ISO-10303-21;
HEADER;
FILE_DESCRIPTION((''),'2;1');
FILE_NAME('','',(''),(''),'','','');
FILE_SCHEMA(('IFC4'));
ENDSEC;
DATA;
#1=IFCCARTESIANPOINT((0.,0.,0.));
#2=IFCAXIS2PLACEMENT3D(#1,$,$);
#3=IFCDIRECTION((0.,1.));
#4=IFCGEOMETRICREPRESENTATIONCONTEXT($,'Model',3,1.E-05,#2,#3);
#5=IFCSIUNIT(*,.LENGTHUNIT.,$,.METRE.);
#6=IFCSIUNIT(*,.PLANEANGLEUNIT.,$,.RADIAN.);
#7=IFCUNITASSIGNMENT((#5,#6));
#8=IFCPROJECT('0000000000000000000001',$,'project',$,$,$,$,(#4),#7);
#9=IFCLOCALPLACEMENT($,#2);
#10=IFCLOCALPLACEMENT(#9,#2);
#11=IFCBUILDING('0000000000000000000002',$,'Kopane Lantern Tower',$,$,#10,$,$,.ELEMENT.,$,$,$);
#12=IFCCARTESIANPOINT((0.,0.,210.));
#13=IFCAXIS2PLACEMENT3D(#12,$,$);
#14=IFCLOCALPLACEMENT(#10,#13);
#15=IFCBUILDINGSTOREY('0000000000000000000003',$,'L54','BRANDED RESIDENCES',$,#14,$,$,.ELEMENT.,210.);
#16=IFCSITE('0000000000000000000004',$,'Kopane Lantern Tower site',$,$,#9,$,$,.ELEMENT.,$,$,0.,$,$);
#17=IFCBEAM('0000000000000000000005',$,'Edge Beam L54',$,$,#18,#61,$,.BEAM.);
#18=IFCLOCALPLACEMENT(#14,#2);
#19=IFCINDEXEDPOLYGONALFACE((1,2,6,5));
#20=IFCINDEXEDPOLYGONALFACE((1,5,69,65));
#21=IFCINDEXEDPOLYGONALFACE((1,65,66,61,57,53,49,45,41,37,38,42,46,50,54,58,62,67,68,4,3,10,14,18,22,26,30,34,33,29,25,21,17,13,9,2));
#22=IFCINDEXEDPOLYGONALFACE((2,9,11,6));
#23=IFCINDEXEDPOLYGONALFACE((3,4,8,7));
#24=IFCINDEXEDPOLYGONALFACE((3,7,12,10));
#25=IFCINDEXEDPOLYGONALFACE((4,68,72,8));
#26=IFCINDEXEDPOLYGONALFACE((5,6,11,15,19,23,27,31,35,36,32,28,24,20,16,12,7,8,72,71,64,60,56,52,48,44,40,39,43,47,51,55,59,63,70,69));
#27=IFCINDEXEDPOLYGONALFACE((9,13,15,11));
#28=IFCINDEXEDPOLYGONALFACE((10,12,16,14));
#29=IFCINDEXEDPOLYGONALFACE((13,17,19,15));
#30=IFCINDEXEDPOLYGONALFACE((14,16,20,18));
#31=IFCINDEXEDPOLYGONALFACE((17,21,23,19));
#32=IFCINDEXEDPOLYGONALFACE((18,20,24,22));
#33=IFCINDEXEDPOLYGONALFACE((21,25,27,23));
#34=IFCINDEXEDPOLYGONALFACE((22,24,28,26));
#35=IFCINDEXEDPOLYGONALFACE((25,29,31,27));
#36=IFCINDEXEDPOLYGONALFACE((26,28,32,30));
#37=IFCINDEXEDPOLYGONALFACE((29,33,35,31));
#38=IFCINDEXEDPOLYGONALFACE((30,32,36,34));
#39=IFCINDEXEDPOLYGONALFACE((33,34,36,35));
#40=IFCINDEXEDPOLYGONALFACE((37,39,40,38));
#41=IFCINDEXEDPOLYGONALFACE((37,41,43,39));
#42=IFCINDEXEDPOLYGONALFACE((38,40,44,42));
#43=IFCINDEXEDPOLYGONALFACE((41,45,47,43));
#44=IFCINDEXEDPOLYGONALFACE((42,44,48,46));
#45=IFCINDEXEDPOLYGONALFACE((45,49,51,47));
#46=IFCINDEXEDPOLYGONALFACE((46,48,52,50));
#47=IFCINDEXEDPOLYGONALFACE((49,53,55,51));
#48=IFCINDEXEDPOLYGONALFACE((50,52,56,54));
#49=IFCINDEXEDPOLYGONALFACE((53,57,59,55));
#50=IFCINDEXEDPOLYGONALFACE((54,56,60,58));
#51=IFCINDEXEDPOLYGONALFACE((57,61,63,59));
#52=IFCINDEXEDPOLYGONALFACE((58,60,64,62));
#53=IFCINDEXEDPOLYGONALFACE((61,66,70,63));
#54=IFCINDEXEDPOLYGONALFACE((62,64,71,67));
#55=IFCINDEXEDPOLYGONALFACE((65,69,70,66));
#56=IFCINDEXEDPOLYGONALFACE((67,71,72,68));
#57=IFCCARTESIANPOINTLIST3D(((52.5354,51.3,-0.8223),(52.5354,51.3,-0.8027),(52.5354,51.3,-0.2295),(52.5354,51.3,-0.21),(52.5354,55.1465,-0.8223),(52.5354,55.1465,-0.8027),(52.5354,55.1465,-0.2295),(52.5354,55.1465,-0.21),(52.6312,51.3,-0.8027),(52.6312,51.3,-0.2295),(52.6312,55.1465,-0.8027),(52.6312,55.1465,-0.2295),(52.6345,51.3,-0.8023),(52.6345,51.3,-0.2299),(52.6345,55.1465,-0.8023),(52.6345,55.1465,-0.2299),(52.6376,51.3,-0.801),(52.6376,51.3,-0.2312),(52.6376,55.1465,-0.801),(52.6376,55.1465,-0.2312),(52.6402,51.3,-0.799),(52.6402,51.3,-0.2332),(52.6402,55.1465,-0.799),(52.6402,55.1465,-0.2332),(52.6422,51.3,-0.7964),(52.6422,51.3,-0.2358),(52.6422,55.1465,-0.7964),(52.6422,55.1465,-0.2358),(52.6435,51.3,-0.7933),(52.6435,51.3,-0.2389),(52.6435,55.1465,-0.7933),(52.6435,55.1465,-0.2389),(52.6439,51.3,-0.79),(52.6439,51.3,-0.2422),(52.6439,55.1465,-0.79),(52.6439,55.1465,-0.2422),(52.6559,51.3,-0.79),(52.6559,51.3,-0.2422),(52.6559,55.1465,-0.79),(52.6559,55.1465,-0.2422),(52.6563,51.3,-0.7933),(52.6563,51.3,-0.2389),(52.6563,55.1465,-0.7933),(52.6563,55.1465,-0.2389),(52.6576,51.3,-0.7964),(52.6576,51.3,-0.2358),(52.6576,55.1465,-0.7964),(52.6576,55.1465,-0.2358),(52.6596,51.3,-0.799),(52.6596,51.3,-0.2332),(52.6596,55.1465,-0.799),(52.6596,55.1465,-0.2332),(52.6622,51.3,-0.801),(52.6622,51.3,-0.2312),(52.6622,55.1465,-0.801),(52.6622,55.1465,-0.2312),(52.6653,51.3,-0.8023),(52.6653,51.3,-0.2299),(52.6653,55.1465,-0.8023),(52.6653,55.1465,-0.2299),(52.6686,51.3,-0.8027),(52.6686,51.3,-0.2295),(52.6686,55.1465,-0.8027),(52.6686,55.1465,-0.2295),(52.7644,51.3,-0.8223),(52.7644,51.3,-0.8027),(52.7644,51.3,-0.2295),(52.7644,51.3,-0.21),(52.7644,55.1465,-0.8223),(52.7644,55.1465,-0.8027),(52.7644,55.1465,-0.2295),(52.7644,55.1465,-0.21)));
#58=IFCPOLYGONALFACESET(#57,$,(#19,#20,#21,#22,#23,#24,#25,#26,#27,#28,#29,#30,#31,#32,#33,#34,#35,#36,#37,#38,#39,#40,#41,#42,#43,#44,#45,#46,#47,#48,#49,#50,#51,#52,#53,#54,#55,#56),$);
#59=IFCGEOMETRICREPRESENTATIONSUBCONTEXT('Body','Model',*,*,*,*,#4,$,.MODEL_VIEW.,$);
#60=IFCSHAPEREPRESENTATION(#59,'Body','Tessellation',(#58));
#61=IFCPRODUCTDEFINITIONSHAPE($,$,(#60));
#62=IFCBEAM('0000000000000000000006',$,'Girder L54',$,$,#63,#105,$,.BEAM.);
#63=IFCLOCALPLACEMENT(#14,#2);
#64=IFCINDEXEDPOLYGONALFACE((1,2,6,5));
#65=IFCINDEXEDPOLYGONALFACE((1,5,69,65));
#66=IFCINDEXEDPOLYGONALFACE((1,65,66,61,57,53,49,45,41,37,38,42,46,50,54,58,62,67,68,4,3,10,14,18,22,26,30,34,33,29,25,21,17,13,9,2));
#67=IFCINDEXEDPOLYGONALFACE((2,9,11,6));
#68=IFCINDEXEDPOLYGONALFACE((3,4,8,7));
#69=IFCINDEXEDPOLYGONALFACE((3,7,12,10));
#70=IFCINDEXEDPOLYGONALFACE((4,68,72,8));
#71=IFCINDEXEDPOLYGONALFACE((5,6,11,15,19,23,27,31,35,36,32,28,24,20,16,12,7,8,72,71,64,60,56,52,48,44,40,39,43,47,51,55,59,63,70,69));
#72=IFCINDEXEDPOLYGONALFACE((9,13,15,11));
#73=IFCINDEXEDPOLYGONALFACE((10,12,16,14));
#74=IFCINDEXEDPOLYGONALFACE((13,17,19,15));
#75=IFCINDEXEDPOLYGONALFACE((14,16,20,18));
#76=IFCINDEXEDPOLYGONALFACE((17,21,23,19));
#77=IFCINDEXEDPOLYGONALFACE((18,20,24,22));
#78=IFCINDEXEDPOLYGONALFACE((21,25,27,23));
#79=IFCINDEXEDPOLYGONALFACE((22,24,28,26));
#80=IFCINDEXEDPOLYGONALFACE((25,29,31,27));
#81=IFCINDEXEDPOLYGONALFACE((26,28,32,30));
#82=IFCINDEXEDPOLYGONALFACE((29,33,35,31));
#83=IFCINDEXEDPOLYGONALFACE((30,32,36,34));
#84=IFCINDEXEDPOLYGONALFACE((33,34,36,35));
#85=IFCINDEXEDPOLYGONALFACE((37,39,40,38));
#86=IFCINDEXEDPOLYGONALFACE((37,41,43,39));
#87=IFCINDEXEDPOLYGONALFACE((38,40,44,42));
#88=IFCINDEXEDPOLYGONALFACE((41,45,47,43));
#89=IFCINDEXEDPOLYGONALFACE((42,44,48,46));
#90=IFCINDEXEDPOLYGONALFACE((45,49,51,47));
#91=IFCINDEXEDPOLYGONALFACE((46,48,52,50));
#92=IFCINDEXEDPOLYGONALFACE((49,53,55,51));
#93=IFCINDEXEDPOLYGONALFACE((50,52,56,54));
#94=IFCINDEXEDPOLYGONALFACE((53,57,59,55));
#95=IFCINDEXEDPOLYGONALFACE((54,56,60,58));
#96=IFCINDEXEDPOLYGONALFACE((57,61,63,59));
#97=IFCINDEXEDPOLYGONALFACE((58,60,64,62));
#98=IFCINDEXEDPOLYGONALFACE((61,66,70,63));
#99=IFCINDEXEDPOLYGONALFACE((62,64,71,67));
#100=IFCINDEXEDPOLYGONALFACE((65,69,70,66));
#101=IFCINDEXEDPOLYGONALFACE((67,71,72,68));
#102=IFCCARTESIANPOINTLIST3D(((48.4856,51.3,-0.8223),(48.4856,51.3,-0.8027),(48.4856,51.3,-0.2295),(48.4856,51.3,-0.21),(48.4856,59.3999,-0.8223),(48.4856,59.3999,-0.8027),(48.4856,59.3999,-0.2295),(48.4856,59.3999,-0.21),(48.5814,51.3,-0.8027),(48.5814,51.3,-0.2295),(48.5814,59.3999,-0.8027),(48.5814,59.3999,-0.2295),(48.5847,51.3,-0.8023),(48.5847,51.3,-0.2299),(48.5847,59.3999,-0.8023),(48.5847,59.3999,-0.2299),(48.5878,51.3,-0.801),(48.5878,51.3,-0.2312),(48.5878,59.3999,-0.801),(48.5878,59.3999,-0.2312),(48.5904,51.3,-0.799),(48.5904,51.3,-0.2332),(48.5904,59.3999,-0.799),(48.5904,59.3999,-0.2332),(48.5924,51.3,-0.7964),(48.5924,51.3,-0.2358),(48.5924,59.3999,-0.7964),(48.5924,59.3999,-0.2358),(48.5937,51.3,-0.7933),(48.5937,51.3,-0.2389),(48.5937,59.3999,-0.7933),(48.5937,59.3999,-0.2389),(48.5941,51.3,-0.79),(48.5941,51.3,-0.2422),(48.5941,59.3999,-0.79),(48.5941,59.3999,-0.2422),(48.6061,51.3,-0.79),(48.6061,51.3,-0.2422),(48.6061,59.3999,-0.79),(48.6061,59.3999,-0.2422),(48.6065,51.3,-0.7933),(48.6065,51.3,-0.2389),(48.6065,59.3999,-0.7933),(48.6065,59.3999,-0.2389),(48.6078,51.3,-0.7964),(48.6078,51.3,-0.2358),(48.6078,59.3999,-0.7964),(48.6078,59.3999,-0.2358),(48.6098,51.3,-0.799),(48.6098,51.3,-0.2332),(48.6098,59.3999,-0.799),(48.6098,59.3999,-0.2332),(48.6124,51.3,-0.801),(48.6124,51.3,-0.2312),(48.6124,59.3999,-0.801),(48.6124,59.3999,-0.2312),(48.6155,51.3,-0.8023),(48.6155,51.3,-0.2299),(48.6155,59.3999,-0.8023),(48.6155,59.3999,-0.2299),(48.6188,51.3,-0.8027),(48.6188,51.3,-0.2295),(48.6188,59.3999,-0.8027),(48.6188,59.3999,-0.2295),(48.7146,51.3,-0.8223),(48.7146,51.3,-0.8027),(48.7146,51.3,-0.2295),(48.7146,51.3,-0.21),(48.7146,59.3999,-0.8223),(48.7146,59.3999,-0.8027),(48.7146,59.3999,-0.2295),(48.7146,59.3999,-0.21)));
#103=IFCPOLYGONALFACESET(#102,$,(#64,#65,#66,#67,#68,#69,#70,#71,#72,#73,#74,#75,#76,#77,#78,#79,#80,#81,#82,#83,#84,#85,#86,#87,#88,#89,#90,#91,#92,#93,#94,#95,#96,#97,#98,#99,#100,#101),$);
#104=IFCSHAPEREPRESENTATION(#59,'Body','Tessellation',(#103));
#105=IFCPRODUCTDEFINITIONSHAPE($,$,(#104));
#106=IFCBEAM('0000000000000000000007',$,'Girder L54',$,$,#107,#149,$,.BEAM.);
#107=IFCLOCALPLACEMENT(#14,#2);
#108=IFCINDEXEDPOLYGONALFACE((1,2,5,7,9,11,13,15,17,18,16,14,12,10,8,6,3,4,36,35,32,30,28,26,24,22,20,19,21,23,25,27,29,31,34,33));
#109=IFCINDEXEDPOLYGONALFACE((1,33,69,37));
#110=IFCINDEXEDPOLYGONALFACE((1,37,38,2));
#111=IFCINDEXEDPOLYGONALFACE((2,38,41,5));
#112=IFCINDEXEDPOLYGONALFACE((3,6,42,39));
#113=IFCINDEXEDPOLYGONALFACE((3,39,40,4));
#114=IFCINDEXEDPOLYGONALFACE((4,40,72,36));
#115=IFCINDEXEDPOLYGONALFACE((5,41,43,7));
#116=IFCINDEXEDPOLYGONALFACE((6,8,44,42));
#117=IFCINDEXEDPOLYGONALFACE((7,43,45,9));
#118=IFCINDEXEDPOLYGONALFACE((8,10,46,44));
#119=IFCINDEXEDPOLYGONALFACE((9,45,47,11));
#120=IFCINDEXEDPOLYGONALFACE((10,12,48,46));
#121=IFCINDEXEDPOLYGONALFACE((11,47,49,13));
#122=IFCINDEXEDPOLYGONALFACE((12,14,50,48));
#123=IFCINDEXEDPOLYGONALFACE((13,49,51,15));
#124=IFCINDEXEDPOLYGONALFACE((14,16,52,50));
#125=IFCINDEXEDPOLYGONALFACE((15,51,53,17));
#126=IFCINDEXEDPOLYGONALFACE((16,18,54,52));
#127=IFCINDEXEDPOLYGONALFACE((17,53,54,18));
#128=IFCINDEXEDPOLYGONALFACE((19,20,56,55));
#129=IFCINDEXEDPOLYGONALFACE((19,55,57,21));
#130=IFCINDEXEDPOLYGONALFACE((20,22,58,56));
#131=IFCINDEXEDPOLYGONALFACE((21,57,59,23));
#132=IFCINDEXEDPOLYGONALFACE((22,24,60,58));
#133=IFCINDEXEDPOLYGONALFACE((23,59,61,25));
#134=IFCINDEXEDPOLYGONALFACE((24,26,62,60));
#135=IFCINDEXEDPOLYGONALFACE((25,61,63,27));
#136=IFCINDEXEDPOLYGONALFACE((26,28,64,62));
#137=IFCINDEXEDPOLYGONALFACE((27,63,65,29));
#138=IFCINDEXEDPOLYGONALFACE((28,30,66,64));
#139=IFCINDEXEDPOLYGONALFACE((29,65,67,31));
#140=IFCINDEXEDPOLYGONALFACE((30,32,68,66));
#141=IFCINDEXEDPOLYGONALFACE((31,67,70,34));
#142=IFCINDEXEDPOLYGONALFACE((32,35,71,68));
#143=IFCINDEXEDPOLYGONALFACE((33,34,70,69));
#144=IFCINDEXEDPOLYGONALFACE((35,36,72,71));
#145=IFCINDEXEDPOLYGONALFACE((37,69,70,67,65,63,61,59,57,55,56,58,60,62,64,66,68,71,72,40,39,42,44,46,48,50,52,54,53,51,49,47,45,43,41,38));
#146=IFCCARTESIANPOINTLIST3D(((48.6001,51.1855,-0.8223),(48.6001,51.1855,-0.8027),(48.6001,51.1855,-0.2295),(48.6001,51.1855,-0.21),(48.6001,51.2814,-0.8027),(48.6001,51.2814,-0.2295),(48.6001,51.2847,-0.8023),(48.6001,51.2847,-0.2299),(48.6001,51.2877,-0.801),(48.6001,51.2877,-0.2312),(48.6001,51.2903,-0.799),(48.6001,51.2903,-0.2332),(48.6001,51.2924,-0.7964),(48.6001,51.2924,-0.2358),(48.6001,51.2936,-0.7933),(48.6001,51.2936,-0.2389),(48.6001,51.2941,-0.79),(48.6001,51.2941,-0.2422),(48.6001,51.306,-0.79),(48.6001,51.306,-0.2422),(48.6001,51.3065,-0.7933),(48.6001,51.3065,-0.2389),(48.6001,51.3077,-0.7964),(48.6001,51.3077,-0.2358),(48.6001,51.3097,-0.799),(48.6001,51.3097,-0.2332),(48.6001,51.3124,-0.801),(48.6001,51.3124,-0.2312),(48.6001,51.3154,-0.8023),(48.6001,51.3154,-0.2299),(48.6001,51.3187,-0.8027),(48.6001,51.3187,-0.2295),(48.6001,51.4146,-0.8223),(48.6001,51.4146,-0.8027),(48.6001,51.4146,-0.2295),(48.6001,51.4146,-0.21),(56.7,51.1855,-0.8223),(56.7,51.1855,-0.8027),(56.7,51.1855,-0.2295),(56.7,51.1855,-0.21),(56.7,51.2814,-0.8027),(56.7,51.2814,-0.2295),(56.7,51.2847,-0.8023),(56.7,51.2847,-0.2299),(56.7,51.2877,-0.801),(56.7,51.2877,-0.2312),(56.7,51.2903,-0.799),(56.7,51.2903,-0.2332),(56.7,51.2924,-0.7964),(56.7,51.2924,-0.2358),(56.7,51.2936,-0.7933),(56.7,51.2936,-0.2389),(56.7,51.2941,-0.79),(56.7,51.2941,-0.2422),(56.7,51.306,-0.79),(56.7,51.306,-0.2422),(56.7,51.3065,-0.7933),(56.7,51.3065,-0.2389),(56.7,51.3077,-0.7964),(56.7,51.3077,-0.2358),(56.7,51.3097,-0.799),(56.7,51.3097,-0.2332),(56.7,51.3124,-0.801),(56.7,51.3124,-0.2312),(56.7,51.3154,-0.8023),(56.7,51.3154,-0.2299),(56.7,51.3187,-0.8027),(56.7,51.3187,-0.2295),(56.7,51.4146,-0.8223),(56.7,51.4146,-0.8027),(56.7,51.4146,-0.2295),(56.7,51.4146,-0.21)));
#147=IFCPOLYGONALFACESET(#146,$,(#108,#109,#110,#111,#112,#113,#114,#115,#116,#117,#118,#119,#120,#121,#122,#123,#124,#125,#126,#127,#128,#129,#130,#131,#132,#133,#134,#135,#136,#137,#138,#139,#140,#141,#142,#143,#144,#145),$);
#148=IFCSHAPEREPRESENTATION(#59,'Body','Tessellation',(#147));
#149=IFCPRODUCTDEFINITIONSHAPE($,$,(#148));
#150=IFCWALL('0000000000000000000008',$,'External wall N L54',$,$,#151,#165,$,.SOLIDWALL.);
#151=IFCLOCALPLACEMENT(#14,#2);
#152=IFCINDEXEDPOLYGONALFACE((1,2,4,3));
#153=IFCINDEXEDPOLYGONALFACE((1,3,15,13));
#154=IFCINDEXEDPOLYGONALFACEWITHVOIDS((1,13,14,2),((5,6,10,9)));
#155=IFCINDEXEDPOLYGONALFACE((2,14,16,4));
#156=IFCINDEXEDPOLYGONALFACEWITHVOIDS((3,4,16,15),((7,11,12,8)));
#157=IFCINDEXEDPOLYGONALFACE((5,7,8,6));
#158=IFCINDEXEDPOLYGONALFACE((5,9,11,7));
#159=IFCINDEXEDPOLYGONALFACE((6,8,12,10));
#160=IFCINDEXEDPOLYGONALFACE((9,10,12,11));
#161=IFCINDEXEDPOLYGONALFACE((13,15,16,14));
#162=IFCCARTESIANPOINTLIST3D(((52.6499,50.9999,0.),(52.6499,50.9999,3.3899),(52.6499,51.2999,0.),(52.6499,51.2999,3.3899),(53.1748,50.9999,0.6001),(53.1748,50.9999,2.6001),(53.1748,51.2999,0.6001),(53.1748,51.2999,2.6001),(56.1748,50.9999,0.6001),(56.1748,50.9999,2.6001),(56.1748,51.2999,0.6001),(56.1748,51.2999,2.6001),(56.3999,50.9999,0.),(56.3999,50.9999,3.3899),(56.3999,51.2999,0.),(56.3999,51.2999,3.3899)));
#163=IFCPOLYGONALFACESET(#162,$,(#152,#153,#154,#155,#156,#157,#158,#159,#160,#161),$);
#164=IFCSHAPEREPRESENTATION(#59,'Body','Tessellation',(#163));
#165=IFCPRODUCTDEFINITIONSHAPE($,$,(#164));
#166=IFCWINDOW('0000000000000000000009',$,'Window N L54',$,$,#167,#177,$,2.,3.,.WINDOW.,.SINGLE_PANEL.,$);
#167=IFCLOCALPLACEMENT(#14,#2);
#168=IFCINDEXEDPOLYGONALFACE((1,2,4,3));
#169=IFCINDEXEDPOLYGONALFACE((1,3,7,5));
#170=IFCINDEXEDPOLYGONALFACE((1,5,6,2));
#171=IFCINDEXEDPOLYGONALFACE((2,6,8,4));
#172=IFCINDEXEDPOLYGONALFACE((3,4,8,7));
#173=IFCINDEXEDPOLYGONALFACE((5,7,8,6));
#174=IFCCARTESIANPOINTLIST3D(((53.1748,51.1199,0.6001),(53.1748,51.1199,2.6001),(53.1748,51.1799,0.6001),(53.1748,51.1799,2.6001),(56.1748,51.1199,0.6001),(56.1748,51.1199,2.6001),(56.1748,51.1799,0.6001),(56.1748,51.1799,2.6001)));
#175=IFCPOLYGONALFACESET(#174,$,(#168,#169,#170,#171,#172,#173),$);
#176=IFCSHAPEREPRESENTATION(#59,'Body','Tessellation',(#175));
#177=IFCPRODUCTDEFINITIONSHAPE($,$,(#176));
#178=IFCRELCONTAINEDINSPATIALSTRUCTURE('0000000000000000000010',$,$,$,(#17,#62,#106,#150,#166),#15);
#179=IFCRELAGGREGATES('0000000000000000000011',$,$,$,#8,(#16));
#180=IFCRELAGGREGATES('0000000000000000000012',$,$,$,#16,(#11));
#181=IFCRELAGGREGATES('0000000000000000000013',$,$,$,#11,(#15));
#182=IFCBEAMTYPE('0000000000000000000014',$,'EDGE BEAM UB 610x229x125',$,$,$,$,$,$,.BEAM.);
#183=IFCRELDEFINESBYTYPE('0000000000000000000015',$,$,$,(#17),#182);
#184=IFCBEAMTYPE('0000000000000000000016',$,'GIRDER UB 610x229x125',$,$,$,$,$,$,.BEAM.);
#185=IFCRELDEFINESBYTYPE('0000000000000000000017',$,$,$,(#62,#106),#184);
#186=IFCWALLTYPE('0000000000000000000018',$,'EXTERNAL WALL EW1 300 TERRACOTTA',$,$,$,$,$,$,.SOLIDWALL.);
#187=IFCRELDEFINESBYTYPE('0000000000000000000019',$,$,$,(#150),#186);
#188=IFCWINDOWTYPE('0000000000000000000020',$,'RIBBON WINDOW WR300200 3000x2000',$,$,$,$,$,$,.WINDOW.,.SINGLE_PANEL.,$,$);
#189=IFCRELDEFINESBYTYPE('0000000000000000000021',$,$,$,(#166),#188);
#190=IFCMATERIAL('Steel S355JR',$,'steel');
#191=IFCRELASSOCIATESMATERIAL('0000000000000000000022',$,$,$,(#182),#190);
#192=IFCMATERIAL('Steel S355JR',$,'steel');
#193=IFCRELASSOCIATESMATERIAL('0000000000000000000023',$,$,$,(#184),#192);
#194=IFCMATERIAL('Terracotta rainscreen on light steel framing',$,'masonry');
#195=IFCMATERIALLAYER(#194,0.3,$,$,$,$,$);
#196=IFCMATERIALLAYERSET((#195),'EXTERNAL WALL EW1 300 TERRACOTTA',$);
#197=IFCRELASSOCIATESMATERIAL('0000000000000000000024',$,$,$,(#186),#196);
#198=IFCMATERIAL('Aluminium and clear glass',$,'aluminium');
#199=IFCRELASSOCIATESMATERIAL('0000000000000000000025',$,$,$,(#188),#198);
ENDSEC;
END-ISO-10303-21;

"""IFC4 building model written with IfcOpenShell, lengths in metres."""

from ifc_helpers import new_model, si_unit, direction, frame, frame_2d, origin, origin_2d, place, context, subcontext, project, spatial, rectangle, i_section, extrude, material, layer, layer_set, material_profile, profile_set, type_object, element, fill, save


model = new_model("IFC4")

# Units and contexts
model_context = context("Model", 3, precision=1e-05, world=origin(), true_north=direction((0.0, 1.0)))
body_context = subcontext(model_context, "Body", "Model", "MODEL_VIEW")
ifc_project = project(units=[si_unit("LENGTHUNIT", "METRE"), si_unit("PLANEANGLEUNIT", "RADIAN")], contexts=[model_context])

# Site, building, storey
site_placement = place(None, origin())
site = spatial("IfcSite", under=ifc_project, at=site_placement, Name="Kopane Lantern Tower site", CompositionType="ELEMENT", RefElevation=0.0)
building_placement = place(site_placement, origin())
building = spatial("IfcBuilding", under=site, at=building_placement, Name="Kopane Lantern Tower", CompositionType="ELEMENT")
storey_placement = place(building_placement, frame((0.0, 0.0, 210.0)))
storey = spatial("IfcBuildingStorey", under=building, at=storey_placement, Name="L54", Description="BRANDED RESIDENCES", CompositionType="ELEMENT", Elevation=210.0)

# Beams
ifc_material_1 = material(Name="Steel S355JR", Category="steel")
ifc_material_profile_1 = material_profile(ifc_material_1, i_section(OverallWidth=0.229, OverallDepth=0.6123, WebThickness=0.012, FlangeThickness=0.0195, FilletRadius=0.0127, at=origin_2d()), Name="UB 610x229x125")
ifc_profile_set_1 = profile_set([ifc_material_profile_1], Name="Steel S355JR")
beam_type_1 = type_object("IfcBeamType", Name="EDGE BEAM UB 610x229x125", PredefinedType="BEAM", material=ifc_profile_set_1)
for number, where, z_axis, x_axis, name in (
    (1, (52.6499, 55.1465, -0.5161), (0.0, -1.0, 0.0), (1.0, 0.0, 0.0), "Edge Beam L54"),
):
    element("IfcBeam", number, at=place(storey_placement, frame(where, z_axis=z_axis, x_axis=x_axis)), inside=storey, type_object=beam_type_1, Name=name, PredefinedType="BEAM", context=body_context, shape_type="SweptSolid", body=[
        extrude(i_section(OverallWidth=0.229, OverallDepth=0.6123, WebThickness=0.012, FlangeThickness=0.0195, FilletRadius=0.0127, at=origin_2d()), origin(), (0.0, 0.0, 1.0), 3.8464),
    ])
ifc_material_2 = material(Name="Steel S355JR", Category="steel")
ifc_material_profile_2 = material_profile(ifc_material_2, i_section(OverallWidth=0.229, OverallDepth=0.6123, WebThickness=0.012, FlangeThickness=0.0195, FilletRadius=0.0127, at=origin_2d()), Name="UB 610x229x125")
ifc_profile_set_2 = profile_set([ifc_material_profile_2], Name="Steel S355JR")
beam_type_2 = type_object("IfcBeamType", Name="GIRDER UB 610x229x125", PredefinedType="BEAM", material=ifc_profile_set_2)
for number, where, z_axis, x_axis, name in (
    (2, (48.6001, 51.3, -0.5161), (0.0, 1.0, 0.0), (-1.0, 0.0, 0.0), "Girder L54"),
    (3, (48.6001, 51.3, -0.5161), (1.0, 0.0, 0.0), (0.0, 1.0, 0.0), "Girder L54"),
):
    element("IfcBeam", number, at=place(storey_placement, frame(where, z_axis=z_axis, x_axis=x_axis)), inside=storey, type_object=beam_type_2, Name=name, PredefinedType="BEAM", context=body_context, shape_type="SweptSolid", body=[
        extrude(i_section(OverallWidth=0.229, OverallDepth=0.6123, WebThickness=0.012, FlangeThickness=0.0195, FilletRadius=0.0127, at=origin_2d()), origin(), (0.0, 0.0, 1.0), 8.0999),
    ])

# Wall, opening, window
ifc_material_3 = material(Name="Terracotta rainscreen on light steel framing", Category="masonry")
ifc_layer = layer(ifc_material_3, 0.3)
ifc_layer_set = layer_set([ifc_layer], Name="EXTERNAL WALL EW1 300 TERRACOTTA")
wall_type = type_object("IfcWallType", Name="EXTERNAL WALL EW1 300 TERRACOTTA", PredefinedType="SOLIDWALL", material=ifc_layer_set)
wall_1_placement = place(storey_placement, frame((56.3999, 51.1499, 0.0), z_axis=(0.0, 0.0, 1.0), x_axis=(-1.0, 0.0, 0.0)))
wall_1 = element("IfcWall", 4, at=wall_1_placement, inside=storey, type_object=wall_type, Name="External wall N L54", PredefinedType="SOLIDWALL", context=body_context, shape_type="SweptSolid", body=[
    extrude(rectangle(XDim=3.75, YDim=0.3, at=frame_2d((1.875, 0.0))), origin(), (0.0, 0.0, 1.0), 3.3899),
])
opening_1_placement = place(wall_1_placement, frame((0.2251, 0.0, 0.6001)))
opening_1 = element("IfcOpeningElement", 5, at=opening_1_placement, cuts=wall_1, PredefinedType="OPENING", context=body_context, shape_type="SweptSolid", body=[
    extrude(rectangle(XDim=3.0, YDim=2.0, at=frame_2d((1.5, 1.0))), frame((0.0, 0.1599, 0.0), z_axis=(0.0, -1.0, 0.0), x_axis=(1.0, 0.0, 0.0)), (0.0, 0.0, 1.0), 0.3201),
])
ifc_material_4 = material(Name="Aluminium and clear glass", Category="aluminium")
window_type = type_object("IfcWindowType", Name="RIBBON WINDOW WR300200 3000x2000", PartitioningType="SINGLE_PANEL", PredefinedType="WINDOW", material=ifc_material_4)
window_1_placement = place(opening_1_placement, origin())
window_1 = element("IfcWindow", 6, at=window_1_placement, inside=storey, type_object=window_type, Name="Window N L54", OverallHeight=2.0, OverallWidth=3.0, PartitioningType="SINGLE_PANEL", PredefinedType="WINDOW", context=body_context, shape_type="SweptSolid", body=[
    extrude(rectangle(XDim=3.0, YDim=2.0, at=frame_2d((1.5, 1.0))), frame((0.0, 0.03, 0.0), z_axis=(0.0, -1.0, 0.0), x_axis=(1.0, 0.0, 0.0)), (0.0, 0.0, 1.0), 0.0601),
])
fill(opening_1, window_1)

save(model, "model.ifc")
